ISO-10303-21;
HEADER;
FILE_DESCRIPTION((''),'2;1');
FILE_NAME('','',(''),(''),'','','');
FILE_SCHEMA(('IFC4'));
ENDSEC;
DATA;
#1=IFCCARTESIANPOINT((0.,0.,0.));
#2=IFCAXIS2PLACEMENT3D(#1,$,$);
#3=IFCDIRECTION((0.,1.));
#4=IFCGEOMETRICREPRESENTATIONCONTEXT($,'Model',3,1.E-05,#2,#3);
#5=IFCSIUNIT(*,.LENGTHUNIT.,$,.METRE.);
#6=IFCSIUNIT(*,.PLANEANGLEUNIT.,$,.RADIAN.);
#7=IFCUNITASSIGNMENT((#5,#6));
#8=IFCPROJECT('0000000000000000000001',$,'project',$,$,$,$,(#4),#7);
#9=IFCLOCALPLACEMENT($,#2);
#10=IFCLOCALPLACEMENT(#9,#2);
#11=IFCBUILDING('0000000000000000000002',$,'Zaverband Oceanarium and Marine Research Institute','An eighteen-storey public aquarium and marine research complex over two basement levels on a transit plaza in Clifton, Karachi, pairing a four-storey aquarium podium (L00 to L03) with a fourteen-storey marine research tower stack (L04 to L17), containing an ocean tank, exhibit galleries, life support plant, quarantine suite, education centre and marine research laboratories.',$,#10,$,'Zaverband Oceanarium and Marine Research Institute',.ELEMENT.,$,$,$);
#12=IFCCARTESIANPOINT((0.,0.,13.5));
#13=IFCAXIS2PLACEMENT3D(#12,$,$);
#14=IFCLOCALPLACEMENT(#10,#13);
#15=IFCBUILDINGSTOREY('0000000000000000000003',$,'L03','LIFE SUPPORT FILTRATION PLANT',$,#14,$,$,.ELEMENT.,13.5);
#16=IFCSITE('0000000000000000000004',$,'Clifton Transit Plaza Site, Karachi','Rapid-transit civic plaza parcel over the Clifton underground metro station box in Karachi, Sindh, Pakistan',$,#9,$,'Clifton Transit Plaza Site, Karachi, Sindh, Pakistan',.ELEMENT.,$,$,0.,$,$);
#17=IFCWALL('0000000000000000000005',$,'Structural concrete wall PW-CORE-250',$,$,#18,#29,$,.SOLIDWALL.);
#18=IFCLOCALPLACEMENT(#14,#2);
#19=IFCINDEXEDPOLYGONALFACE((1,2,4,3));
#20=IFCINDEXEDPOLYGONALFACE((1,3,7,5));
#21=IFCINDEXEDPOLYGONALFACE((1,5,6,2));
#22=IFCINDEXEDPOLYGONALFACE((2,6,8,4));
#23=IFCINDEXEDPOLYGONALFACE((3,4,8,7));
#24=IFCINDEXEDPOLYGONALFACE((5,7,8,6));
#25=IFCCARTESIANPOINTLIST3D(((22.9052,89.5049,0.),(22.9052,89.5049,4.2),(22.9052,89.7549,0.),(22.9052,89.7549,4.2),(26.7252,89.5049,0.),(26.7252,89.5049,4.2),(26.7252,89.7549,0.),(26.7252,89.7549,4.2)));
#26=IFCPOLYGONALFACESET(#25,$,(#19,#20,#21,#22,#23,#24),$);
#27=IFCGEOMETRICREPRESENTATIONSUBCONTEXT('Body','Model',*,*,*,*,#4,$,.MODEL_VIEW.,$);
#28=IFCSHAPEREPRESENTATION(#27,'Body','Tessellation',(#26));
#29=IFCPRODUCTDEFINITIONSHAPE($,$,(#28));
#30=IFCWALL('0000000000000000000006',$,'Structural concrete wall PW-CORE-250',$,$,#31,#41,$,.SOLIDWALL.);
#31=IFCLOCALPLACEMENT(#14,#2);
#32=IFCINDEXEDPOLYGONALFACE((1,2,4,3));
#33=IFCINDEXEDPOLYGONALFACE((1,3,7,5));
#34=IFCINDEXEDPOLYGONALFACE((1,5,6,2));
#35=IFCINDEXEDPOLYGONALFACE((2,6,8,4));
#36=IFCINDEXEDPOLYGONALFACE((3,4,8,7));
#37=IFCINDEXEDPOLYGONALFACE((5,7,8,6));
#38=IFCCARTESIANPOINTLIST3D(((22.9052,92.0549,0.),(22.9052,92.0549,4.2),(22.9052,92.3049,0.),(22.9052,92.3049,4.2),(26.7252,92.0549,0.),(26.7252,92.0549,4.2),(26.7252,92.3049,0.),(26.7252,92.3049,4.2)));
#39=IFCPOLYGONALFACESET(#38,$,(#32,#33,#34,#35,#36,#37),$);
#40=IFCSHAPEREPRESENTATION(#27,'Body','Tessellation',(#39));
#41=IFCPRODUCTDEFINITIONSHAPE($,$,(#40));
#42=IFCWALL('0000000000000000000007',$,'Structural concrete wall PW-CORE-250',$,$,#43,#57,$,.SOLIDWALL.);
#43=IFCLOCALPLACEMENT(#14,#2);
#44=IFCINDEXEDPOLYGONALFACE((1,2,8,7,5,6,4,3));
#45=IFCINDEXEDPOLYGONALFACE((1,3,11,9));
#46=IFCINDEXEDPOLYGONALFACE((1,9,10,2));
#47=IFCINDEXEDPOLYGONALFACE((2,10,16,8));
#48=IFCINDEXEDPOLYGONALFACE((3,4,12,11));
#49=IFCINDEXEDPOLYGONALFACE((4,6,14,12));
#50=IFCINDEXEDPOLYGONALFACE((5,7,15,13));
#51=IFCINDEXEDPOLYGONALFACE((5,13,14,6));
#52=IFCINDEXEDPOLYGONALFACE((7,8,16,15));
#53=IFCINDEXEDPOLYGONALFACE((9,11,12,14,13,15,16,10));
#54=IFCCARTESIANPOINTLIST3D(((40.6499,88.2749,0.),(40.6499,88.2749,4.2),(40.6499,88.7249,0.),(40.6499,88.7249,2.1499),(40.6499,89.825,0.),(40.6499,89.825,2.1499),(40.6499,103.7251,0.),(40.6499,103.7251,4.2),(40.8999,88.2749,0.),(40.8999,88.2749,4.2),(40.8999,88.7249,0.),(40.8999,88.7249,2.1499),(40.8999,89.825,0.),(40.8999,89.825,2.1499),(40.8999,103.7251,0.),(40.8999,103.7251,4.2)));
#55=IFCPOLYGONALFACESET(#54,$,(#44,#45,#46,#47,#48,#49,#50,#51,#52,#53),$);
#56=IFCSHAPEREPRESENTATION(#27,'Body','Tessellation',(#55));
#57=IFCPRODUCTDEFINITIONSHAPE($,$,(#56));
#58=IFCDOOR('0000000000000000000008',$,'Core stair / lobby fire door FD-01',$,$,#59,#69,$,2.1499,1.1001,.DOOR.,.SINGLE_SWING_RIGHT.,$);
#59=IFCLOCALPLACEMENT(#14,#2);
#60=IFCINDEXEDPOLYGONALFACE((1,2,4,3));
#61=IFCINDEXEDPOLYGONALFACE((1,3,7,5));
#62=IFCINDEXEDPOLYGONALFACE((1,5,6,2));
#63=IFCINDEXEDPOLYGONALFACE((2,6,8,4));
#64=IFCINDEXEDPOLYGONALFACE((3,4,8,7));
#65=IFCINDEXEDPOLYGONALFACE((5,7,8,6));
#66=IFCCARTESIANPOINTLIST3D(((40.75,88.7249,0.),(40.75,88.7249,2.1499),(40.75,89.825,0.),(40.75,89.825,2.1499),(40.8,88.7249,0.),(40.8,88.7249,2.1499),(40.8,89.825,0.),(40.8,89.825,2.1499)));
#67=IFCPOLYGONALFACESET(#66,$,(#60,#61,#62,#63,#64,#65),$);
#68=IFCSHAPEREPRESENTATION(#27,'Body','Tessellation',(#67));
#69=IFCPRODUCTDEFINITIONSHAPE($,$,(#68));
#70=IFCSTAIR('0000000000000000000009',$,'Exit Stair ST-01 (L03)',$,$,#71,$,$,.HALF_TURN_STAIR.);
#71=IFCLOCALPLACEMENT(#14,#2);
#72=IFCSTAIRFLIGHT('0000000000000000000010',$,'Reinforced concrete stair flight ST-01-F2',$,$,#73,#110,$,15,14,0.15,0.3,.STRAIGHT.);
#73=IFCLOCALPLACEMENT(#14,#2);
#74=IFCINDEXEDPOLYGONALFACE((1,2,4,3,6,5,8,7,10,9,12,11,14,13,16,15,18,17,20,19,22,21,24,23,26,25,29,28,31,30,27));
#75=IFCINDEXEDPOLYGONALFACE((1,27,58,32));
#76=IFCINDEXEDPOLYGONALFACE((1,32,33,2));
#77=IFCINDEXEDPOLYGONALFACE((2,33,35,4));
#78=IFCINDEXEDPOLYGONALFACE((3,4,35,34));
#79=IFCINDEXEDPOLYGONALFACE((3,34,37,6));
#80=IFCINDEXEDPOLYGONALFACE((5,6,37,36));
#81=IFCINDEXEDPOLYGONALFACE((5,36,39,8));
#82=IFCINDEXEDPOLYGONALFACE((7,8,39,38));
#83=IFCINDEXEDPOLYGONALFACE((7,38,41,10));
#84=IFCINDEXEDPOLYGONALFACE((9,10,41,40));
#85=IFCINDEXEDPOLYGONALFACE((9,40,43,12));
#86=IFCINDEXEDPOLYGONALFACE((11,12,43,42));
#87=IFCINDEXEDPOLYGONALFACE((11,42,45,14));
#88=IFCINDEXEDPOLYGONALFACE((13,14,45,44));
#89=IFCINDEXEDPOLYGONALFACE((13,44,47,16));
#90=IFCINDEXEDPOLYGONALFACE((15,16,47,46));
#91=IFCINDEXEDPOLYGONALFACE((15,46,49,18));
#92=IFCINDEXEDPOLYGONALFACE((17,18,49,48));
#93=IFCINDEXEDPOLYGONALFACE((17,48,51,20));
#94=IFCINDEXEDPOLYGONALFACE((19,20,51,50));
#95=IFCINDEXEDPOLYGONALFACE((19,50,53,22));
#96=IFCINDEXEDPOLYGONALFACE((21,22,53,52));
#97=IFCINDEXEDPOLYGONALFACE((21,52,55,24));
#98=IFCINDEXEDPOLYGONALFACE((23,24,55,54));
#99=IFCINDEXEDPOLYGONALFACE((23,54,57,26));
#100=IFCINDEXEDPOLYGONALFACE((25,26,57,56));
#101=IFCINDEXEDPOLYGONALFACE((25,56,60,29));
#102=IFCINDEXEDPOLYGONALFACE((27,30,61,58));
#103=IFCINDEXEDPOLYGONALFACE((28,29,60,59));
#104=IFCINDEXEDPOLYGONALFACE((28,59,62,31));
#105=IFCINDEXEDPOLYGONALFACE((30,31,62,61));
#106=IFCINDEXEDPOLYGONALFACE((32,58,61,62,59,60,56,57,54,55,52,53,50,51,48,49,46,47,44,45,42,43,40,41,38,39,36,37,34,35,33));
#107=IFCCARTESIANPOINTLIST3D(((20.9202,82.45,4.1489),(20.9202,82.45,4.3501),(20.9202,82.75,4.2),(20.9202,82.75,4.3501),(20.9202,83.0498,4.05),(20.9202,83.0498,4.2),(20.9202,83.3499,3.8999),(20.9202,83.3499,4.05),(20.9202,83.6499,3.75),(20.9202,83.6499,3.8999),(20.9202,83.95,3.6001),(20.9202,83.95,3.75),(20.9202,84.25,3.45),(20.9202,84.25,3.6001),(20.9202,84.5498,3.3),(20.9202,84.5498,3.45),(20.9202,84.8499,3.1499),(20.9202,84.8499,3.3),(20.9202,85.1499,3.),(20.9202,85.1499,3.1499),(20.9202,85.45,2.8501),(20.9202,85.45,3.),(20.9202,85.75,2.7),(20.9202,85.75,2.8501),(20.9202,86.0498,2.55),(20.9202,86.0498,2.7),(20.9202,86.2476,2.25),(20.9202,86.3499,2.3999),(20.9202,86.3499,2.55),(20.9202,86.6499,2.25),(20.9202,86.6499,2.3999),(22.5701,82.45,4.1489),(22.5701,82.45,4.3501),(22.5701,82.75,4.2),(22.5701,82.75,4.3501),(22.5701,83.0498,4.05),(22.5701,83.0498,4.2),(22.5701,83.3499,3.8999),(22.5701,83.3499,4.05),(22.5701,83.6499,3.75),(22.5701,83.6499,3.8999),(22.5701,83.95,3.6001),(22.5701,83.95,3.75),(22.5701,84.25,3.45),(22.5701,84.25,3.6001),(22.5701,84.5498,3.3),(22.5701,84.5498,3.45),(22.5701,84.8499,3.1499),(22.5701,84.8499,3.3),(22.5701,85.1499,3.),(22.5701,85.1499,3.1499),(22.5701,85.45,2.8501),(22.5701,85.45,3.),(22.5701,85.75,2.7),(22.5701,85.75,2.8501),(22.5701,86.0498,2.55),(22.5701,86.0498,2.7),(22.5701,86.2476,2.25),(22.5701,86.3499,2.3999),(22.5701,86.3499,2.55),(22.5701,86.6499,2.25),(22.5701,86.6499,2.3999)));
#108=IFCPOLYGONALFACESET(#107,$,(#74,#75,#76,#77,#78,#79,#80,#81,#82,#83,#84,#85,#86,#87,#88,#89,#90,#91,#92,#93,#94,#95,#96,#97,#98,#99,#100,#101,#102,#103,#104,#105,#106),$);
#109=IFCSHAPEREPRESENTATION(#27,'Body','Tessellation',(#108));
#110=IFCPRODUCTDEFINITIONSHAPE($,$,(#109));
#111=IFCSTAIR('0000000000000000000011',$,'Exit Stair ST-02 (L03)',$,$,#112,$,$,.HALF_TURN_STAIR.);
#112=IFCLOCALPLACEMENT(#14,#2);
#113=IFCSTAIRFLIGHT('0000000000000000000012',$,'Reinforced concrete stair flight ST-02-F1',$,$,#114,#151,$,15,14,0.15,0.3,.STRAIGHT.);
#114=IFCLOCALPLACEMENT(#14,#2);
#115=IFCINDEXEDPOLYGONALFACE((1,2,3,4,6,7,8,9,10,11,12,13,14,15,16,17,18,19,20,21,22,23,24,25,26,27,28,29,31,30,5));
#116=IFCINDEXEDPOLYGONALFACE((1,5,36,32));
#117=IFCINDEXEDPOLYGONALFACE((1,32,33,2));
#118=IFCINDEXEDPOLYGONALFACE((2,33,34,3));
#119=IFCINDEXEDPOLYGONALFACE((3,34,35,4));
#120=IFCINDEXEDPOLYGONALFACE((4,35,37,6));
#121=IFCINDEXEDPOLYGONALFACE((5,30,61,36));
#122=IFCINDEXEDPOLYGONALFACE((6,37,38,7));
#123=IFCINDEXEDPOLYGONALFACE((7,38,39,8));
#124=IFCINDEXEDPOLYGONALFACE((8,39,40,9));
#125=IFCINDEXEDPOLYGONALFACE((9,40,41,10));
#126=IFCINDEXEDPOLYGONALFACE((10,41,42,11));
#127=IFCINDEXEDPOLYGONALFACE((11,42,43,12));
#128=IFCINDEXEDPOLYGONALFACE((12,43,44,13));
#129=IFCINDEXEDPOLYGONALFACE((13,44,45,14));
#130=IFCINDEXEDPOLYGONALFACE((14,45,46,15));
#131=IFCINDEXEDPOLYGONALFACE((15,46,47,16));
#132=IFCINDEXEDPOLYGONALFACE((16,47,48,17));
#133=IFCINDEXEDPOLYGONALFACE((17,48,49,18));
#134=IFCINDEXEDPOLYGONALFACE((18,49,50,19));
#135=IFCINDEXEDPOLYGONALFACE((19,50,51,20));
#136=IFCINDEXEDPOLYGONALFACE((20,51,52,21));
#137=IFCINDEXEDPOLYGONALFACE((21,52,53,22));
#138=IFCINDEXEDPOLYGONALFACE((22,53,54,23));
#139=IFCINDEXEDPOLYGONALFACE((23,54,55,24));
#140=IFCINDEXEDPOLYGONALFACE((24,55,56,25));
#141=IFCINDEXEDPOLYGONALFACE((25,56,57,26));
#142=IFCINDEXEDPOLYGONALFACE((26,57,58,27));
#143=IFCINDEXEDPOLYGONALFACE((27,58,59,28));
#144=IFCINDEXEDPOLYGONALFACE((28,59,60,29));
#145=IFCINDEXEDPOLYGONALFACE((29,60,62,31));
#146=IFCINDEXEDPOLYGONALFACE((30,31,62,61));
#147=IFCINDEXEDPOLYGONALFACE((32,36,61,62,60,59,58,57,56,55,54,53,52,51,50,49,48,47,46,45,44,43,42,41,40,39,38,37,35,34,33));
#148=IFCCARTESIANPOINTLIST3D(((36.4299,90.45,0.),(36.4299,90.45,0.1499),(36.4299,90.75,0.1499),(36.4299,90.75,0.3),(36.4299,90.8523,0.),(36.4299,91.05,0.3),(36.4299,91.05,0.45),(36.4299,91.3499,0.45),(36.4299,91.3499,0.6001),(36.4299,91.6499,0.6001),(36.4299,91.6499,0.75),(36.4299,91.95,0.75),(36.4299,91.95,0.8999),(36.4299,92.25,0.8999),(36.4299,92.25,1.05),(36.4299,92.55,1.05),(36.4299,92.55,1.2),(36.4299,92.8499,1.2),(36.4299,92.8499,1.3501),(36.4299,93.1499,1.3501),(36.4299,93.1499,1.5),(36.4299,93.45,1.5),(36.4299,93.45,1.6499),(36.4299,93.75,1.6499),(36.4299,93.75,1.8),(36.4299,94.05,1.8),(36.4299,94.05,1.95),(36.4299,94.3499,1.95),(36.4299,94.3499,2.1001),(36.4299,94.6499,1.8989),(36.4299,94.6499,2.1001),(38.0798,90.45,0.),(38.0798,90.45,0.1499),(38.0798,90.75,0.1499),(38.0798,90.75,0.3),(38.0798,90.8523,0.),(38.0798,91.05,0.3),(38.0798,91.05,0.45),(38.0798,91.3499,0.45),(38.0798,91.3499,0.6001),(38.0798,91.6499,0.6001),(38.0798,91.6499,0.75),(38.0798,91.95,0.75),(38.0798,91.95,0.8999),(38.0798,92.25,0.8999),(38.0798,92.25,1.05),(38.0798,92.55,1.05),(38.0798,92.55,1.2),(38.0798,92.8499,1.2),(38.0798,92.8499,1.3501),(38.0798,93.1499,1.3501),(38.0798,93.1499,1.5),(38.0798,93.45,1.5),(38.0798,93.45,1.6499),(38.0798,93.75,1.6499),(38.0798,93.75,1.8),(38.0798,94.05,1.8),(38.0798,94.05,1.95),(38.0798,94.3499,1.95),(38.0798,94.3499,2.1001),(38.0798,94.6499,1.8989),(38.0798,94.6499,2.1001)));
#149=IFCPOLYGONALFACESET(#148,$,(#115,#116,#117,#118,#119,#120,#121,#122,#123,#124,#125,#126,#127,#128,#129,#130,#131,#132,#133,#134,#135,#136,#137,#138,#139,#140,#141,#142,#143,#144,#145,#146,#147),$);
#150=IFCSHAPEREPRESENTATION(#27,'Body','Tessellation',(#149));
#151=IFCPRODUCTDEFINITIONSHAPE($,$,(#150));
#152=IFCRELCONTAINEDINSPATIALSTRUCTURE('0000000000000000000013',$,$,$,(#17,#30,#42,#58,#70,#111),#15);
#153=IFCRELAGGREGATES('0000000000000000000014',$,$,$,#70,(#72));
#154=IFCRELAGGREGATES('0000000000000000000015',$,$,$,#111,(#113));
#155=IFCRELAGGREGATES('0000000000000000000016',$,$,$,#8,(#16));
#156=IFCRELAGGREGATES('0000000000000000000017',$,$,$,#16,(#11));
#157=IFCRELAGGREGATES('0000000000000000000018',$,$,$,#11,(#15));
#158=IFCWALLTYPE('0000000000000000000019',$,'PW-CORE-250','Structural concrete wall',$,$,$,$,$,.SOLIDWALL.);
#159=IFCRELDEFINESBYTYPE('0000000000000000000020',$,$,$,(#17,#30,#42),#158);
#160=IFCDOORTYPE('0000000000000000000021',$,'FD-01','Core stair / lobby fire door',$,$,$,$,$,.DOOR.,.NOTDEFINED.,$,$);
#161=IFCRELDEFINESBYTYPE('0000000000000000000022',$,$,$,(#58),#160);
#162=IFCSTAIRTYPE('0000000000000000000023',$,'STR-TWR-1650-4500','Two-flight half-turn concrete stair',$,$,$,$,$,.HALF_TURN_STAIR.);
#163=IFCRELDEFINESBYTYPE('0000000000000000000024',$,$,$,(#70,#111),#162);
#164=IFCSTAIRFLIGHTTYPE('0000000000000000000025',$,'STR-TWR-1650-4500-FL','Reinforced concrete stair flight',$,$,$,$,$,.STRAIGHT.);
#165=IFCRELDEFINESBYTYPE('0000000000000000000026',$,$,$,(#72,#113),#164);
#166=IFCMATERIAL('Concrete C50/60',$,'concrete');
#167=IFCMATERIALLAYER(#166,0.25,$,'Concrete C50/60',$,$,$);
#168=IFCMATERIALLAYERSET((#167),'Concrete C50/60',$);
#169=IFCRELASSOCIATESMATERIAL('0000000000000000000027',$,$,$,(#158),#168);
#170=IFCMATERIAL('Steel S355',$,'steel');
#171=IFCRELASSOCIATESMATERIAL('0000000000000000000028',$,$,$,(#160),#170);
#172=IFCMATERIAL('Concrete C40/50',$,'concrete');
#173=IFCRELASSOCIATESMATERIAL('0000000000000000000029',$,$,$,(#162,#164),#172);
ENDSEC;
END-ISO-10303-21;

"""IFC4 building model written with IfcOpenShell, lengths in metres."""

from ifc_helpers import new_model, si_unit, direction, frame, frame_2d, origin, place, context, subcontext, project, spatial, polyline, rectangle, outline, extrude, material, layer, layer_set, type_object, element, fill, aggregate, save


model = new_model("IFC4")

# Units and contexts
model_context = context("Model", 3, precision=1e-05, world=origin(), true_north=direction((0.0, 1.0)))
body_context = subcontext(model_context, "Body", "Model", "MODEL_VIEW")
ifc_project = project(units=[si_unit("LENGTHUNIT", "METRE"), si_unit("PLANEANGLEUNIT", "RADIAN")], contexts=[model_context])

# Site, building, storey
site_placement = place(None, origin())
site = spatial("IfcSite", under=ifc_project, at=site_placement, Name="Clifton Transit Plaza Site, Karachi", Description="Rapid-transit civic plaza parcel over the Clifton underground metro station box in Karachi, Sindh, Pakistan", LongName="Clifton Transit Plaza Site, Karachi, Sindh, Pakistan", CompositionType="ELEMENT", RefElevation=0.0)
building_placement = place(site_placement, origin())
building = spatial("IfcBuilding", under=site, at=building_placement, Name="Zaverband Oceanarium and Marine Research Institute", Description="An eighteen-storey public aquarium and marine research complex over two basement levels on a transit plaza in Clifton, Karachi, pairing a four-storey aquarium podium (L00 to L03) with a fourteen-storey marine research tower stack (L04 to L17), containing an ocean tank, exhibit galleries, life support plant, quarantine suite, education centre and marine research laboratories.", LongName="Zaverband Oceanarium and Marine Research Institute", CompositionType="ELEMENT")
storey_placement = place(building_placement, frame((0.0, 0.0, 13.5)))
storey = spatial("IfcBuildingStorey", under=building, at=storey_placement, Name="L03", Description="LIFE SUPPORT FILTRATION PLANT", CompositionType="ELEMENT", Elevation=13.5)

# Shared definitions
ifc_material_1 = material(Name="Concrete C50/60", Category="concrete")

# Shared definitions
ifc_material_2 = material(Name="Concrete C40/50", Category="concrete")

# Shared definitions
ifc_material_3 = material(Name="Steel S355", Category="steel")

# Shared definitions
ifc_layer_1 = layer(ifc_material_1, 0.25, Name="Concrete C50/60")
ifc_layer_set_1 = layer_set([ifc_layer_1], Name="Concrete C50/60")
wall_type_1 = type_object("IfcWallType", Name="PW-CORE-250", Description="Structural concrete wall", PredefinedType="SOLIDWALL", material=ifc_layer_set_1)

# Walls
for number, where, z_axis, x_axis, name in (
    (1, (22.905, 89.6299, 0.0), (0.0, 0.0, 1.0), (1.0, 0.0, 0.0), "Structural concrete wall PW-CORE-250"),
    (2, (22.905, 92.1799, 0.0), (0.0, 0.0, 1.0), (1.0, 0.0, 0.0), "Structural concrete wall PW-CORE-250"),
):
    element("IfcWall", number, at=place(storey_placement, frame(where, z_axis=z_axis, x_axis=x_axis)), inside=storey, type_object=wall_type_1, Name=name, PredefinedType="SOLIDWALL", context=body_context, shape_type="SweptSolid", body=[
        extrude(rectangle(XDim=3.8201, YDim=0.25, at=frame_2d((1.9102, 0.0))), origin(), (0.0, 0.0, 1.0), 4.2),
    ])

# Wall, opening, door
wall_1_placement = place(storey_placement, frame((40.7749, 88.2749, 0.0), z_axis=(0.0, 0.0, 1.0), x_axis=(0.0, 1.0, 0.0)))
wall_1 = element("IfcWall", 3, at=wall_1_placement, inside=storey, type_object=wall_type_1, Name="Structural concrete wall PW-CORE-250", PredefinedType="SOLIDWALL", context=body_context, shape_type="SweptSolid", body=[
    extrude(rectangle(XDim=15.4502, YDim=0.25, at=frame_2d((7.7251, 0.0))), origin(), (0.0, 0.0, 1.0), 4.2),
])
opening_1_placement = place(wall_1_placement, frame((0.45, 0.0, 0.0)))
opening_1 = element("IfcOpeningElement", 4, at=opening_1_placement, cuts=wall_1, PredefinedType="OPENING", context=body_context, shape_type="SweptSolid", body=[
    extrude(rectangle(XDim=1.1001, YDim=2.1499, at=frame_2d((0.55, 1.075))), frame((0.0, 0.137, 0.0), z_axis=(0.0, -1.0, 0.0), x_axis=(1.0, 0.0, 0.0)), (0.0, 0.0, 1.0), 0.2739),
])
door_type_1 = type_object("IfcDoorType", Name="FD-01", Description="Core stair / lobby fire door", OperationType="NOTDEFINED", PredefinedType="DOOR", material=ifc_material_3)
door_1_placement = place(opening_1_placement, origin())
door_1 = element("IfcDoor", 5, at=door_1_placement, inside=storey, type_object=door_type_1, Name="Core stair / lobby fire door FD-01", OperationType="SINGLE_SWING_RIGHT", OverallHeight=2.1499, OverallWidth=1.1001, PredefinedType="DOOR", context=body_context, shape_type="SweptSolid", body=[
    extrude(rectangle(XDim=1.1001, YDim=2.1499, at=frame_2d((0.55, 1.075))), frame((0.0, 0.0249, 0.0), z_axis=(0.0, -1.0, 0.0), x_axis=(1.0, 0.0, 0.0)), (0.0, 0.0, 1.0), 0.05),
])
fill(opening_1, door_1)

# Stairs, stair flights
stair_type = type_object("IfcStairType", Name="STR-TWR-1650-4500", Description="Two-flight half-turn concrete stair", PredefinedType="HALF_TURN_STAIR", material=ifc_material_2)
stair_1_placement = place(storey_placement, origin())
stair_1 = element("IfcStair", 6, at=stair_1_placement, inside=storey, type_object=stair_type, Name="Exit Stair ST-01 (L03)", PredefinedType="HALF_TURN_STAIR")
stair_flight_type = type_object("IfcStairFlightType", Name="STR-TWR-1650-4500-FL", Description="Reinforced concrete stair flight", PredefinedType="STRAIGHT", material=ifc_material_2)
stair_flight_1_placement = place(storey_placement, frame((21.7451, 86.6499, 2.25), z_axis=(0.0, 0.0, 1.0), x_axis=(0.0, -1.0, 0.0)))
stair_flight_1 = element("IfcStairFlight", 7, at=stair_flight_1_placement, type_object=stair_flight_type, Name="Reinforced concrete stair flight ST-01-F2", NumberOfRisers=15, NumberOfTreads=14, PredefinedType="STRAIGHT", RiserHeight=0.15, TreadLength=0.3, context=body_context, shape_type="SweptSolid", body=[
    extrude(outline(polyline([(0.0, 0.0), (0.0, 0.1499), (0.3, 0.1499), (0.3, 0.3), (0.6001, 0.3), (0.6001, 0.45), (0.8999, 0.45), (0.8999, 0.6001), (1.2, 0.6001), (1.2, 0.75), (1.5, 0.75), (1.5, 0.8999), (1.8, 0.8999), (1.8, 1.05), (2.1001, 1.05), (2.1001, 1.2), (2.3999, 1.2), (2.3999, 1.3501), (2.7, 1.3501), (2.7, 1.5), (3.0, 1.5), (3.0, 1.6499), (3.3, 1.6499), (3.3, 1.8), (3.6001, 1.8), (3.6001, 1.95), (3.8999, 1.95), (3.8999, 2.1001), (4.2, 2.1001), (4.2, 2.25), (4.2, 1.8989), (0.4023, 0.0), (0.0, 0.0)])), frame((0.0, 0.825, 0.0), z_axis=(0.0, -1.0, 0.0), x_axis=(1.0, 0.0, 0.0)), (0.0, 0.0, 1.0), 1.6499),
])
aggregate(stair_1, [stair_flight_1])
stair_2_placement = place(storey_placement, origin())
stair_2 = element("IfcStair", 8, at=stair_2_placement, inside=storey, type_object=stair_type, Name="Exit Stair ST-02 (L03)", PredefinedType="HALF_TURN_STAIR")
stair_flight_2_placement = place(storey_placement, frame((37.2549, 90.45, 0.0), z_axis=(0.0, 0.0, 1.0), x_axis=(0.0, 1.0, 0.0)))
stair_flight_2 = element("IfcStairFlight", 9, at=stair_flight_2_placement, type_object=stair_flight_type, Name="Reinforced concrete stair flight ST-02-F1", NumberOfRisers=15, NumberOfTreads=14, PredefinedType="STRAIGHT", RiserHeight=0.15, TreadLength=0.3, context=body_context, shape_type="SweptSolid", body=[
    extrude(outline(polyline([(0.0, 0.0), (0.0, 0.1499), (0.3, 0.1499), (0.3, 0.3), (0.6001, 0.3), (0.6001, 0.45), (0.8999, 0.45), (0.8999, 0.6001), (1.2, 0.6001), (1.2, 0.75), (1.5, 0.75), (1.5, 0.8999), (1.8, 0.8999), (1.8, 1.05), (2.1001, 1.05), (2.1001, 1.2), (2.3999, 1.2), (2.3999, 1.3501), (2.7, 1.3501), (2.7, 1.5), (3.0, 1.5), (3.0, 1.6499), (3.3, 1.6499), (3.3, 1.8), (3.6001, 1.8), (3.6001, 1.95), (3.8999, 1.95), (3.8999, 2.1001), (4.2, 2.1001), (4.2, 2.25), (4.2, 1.8989), (0.4023, 0.0), (0.0, 0.0)])), frame((0.0, 0.825, 0.0), z_axis=(0.0, -1.0, 0.0), x_axis=(1.0, 0.0, 0.0)), (0.0, 0.0, 1.0), 1.6499),
])
aggregate(stair_2, [stair_flight_2])

save(model, "model.ifc")
